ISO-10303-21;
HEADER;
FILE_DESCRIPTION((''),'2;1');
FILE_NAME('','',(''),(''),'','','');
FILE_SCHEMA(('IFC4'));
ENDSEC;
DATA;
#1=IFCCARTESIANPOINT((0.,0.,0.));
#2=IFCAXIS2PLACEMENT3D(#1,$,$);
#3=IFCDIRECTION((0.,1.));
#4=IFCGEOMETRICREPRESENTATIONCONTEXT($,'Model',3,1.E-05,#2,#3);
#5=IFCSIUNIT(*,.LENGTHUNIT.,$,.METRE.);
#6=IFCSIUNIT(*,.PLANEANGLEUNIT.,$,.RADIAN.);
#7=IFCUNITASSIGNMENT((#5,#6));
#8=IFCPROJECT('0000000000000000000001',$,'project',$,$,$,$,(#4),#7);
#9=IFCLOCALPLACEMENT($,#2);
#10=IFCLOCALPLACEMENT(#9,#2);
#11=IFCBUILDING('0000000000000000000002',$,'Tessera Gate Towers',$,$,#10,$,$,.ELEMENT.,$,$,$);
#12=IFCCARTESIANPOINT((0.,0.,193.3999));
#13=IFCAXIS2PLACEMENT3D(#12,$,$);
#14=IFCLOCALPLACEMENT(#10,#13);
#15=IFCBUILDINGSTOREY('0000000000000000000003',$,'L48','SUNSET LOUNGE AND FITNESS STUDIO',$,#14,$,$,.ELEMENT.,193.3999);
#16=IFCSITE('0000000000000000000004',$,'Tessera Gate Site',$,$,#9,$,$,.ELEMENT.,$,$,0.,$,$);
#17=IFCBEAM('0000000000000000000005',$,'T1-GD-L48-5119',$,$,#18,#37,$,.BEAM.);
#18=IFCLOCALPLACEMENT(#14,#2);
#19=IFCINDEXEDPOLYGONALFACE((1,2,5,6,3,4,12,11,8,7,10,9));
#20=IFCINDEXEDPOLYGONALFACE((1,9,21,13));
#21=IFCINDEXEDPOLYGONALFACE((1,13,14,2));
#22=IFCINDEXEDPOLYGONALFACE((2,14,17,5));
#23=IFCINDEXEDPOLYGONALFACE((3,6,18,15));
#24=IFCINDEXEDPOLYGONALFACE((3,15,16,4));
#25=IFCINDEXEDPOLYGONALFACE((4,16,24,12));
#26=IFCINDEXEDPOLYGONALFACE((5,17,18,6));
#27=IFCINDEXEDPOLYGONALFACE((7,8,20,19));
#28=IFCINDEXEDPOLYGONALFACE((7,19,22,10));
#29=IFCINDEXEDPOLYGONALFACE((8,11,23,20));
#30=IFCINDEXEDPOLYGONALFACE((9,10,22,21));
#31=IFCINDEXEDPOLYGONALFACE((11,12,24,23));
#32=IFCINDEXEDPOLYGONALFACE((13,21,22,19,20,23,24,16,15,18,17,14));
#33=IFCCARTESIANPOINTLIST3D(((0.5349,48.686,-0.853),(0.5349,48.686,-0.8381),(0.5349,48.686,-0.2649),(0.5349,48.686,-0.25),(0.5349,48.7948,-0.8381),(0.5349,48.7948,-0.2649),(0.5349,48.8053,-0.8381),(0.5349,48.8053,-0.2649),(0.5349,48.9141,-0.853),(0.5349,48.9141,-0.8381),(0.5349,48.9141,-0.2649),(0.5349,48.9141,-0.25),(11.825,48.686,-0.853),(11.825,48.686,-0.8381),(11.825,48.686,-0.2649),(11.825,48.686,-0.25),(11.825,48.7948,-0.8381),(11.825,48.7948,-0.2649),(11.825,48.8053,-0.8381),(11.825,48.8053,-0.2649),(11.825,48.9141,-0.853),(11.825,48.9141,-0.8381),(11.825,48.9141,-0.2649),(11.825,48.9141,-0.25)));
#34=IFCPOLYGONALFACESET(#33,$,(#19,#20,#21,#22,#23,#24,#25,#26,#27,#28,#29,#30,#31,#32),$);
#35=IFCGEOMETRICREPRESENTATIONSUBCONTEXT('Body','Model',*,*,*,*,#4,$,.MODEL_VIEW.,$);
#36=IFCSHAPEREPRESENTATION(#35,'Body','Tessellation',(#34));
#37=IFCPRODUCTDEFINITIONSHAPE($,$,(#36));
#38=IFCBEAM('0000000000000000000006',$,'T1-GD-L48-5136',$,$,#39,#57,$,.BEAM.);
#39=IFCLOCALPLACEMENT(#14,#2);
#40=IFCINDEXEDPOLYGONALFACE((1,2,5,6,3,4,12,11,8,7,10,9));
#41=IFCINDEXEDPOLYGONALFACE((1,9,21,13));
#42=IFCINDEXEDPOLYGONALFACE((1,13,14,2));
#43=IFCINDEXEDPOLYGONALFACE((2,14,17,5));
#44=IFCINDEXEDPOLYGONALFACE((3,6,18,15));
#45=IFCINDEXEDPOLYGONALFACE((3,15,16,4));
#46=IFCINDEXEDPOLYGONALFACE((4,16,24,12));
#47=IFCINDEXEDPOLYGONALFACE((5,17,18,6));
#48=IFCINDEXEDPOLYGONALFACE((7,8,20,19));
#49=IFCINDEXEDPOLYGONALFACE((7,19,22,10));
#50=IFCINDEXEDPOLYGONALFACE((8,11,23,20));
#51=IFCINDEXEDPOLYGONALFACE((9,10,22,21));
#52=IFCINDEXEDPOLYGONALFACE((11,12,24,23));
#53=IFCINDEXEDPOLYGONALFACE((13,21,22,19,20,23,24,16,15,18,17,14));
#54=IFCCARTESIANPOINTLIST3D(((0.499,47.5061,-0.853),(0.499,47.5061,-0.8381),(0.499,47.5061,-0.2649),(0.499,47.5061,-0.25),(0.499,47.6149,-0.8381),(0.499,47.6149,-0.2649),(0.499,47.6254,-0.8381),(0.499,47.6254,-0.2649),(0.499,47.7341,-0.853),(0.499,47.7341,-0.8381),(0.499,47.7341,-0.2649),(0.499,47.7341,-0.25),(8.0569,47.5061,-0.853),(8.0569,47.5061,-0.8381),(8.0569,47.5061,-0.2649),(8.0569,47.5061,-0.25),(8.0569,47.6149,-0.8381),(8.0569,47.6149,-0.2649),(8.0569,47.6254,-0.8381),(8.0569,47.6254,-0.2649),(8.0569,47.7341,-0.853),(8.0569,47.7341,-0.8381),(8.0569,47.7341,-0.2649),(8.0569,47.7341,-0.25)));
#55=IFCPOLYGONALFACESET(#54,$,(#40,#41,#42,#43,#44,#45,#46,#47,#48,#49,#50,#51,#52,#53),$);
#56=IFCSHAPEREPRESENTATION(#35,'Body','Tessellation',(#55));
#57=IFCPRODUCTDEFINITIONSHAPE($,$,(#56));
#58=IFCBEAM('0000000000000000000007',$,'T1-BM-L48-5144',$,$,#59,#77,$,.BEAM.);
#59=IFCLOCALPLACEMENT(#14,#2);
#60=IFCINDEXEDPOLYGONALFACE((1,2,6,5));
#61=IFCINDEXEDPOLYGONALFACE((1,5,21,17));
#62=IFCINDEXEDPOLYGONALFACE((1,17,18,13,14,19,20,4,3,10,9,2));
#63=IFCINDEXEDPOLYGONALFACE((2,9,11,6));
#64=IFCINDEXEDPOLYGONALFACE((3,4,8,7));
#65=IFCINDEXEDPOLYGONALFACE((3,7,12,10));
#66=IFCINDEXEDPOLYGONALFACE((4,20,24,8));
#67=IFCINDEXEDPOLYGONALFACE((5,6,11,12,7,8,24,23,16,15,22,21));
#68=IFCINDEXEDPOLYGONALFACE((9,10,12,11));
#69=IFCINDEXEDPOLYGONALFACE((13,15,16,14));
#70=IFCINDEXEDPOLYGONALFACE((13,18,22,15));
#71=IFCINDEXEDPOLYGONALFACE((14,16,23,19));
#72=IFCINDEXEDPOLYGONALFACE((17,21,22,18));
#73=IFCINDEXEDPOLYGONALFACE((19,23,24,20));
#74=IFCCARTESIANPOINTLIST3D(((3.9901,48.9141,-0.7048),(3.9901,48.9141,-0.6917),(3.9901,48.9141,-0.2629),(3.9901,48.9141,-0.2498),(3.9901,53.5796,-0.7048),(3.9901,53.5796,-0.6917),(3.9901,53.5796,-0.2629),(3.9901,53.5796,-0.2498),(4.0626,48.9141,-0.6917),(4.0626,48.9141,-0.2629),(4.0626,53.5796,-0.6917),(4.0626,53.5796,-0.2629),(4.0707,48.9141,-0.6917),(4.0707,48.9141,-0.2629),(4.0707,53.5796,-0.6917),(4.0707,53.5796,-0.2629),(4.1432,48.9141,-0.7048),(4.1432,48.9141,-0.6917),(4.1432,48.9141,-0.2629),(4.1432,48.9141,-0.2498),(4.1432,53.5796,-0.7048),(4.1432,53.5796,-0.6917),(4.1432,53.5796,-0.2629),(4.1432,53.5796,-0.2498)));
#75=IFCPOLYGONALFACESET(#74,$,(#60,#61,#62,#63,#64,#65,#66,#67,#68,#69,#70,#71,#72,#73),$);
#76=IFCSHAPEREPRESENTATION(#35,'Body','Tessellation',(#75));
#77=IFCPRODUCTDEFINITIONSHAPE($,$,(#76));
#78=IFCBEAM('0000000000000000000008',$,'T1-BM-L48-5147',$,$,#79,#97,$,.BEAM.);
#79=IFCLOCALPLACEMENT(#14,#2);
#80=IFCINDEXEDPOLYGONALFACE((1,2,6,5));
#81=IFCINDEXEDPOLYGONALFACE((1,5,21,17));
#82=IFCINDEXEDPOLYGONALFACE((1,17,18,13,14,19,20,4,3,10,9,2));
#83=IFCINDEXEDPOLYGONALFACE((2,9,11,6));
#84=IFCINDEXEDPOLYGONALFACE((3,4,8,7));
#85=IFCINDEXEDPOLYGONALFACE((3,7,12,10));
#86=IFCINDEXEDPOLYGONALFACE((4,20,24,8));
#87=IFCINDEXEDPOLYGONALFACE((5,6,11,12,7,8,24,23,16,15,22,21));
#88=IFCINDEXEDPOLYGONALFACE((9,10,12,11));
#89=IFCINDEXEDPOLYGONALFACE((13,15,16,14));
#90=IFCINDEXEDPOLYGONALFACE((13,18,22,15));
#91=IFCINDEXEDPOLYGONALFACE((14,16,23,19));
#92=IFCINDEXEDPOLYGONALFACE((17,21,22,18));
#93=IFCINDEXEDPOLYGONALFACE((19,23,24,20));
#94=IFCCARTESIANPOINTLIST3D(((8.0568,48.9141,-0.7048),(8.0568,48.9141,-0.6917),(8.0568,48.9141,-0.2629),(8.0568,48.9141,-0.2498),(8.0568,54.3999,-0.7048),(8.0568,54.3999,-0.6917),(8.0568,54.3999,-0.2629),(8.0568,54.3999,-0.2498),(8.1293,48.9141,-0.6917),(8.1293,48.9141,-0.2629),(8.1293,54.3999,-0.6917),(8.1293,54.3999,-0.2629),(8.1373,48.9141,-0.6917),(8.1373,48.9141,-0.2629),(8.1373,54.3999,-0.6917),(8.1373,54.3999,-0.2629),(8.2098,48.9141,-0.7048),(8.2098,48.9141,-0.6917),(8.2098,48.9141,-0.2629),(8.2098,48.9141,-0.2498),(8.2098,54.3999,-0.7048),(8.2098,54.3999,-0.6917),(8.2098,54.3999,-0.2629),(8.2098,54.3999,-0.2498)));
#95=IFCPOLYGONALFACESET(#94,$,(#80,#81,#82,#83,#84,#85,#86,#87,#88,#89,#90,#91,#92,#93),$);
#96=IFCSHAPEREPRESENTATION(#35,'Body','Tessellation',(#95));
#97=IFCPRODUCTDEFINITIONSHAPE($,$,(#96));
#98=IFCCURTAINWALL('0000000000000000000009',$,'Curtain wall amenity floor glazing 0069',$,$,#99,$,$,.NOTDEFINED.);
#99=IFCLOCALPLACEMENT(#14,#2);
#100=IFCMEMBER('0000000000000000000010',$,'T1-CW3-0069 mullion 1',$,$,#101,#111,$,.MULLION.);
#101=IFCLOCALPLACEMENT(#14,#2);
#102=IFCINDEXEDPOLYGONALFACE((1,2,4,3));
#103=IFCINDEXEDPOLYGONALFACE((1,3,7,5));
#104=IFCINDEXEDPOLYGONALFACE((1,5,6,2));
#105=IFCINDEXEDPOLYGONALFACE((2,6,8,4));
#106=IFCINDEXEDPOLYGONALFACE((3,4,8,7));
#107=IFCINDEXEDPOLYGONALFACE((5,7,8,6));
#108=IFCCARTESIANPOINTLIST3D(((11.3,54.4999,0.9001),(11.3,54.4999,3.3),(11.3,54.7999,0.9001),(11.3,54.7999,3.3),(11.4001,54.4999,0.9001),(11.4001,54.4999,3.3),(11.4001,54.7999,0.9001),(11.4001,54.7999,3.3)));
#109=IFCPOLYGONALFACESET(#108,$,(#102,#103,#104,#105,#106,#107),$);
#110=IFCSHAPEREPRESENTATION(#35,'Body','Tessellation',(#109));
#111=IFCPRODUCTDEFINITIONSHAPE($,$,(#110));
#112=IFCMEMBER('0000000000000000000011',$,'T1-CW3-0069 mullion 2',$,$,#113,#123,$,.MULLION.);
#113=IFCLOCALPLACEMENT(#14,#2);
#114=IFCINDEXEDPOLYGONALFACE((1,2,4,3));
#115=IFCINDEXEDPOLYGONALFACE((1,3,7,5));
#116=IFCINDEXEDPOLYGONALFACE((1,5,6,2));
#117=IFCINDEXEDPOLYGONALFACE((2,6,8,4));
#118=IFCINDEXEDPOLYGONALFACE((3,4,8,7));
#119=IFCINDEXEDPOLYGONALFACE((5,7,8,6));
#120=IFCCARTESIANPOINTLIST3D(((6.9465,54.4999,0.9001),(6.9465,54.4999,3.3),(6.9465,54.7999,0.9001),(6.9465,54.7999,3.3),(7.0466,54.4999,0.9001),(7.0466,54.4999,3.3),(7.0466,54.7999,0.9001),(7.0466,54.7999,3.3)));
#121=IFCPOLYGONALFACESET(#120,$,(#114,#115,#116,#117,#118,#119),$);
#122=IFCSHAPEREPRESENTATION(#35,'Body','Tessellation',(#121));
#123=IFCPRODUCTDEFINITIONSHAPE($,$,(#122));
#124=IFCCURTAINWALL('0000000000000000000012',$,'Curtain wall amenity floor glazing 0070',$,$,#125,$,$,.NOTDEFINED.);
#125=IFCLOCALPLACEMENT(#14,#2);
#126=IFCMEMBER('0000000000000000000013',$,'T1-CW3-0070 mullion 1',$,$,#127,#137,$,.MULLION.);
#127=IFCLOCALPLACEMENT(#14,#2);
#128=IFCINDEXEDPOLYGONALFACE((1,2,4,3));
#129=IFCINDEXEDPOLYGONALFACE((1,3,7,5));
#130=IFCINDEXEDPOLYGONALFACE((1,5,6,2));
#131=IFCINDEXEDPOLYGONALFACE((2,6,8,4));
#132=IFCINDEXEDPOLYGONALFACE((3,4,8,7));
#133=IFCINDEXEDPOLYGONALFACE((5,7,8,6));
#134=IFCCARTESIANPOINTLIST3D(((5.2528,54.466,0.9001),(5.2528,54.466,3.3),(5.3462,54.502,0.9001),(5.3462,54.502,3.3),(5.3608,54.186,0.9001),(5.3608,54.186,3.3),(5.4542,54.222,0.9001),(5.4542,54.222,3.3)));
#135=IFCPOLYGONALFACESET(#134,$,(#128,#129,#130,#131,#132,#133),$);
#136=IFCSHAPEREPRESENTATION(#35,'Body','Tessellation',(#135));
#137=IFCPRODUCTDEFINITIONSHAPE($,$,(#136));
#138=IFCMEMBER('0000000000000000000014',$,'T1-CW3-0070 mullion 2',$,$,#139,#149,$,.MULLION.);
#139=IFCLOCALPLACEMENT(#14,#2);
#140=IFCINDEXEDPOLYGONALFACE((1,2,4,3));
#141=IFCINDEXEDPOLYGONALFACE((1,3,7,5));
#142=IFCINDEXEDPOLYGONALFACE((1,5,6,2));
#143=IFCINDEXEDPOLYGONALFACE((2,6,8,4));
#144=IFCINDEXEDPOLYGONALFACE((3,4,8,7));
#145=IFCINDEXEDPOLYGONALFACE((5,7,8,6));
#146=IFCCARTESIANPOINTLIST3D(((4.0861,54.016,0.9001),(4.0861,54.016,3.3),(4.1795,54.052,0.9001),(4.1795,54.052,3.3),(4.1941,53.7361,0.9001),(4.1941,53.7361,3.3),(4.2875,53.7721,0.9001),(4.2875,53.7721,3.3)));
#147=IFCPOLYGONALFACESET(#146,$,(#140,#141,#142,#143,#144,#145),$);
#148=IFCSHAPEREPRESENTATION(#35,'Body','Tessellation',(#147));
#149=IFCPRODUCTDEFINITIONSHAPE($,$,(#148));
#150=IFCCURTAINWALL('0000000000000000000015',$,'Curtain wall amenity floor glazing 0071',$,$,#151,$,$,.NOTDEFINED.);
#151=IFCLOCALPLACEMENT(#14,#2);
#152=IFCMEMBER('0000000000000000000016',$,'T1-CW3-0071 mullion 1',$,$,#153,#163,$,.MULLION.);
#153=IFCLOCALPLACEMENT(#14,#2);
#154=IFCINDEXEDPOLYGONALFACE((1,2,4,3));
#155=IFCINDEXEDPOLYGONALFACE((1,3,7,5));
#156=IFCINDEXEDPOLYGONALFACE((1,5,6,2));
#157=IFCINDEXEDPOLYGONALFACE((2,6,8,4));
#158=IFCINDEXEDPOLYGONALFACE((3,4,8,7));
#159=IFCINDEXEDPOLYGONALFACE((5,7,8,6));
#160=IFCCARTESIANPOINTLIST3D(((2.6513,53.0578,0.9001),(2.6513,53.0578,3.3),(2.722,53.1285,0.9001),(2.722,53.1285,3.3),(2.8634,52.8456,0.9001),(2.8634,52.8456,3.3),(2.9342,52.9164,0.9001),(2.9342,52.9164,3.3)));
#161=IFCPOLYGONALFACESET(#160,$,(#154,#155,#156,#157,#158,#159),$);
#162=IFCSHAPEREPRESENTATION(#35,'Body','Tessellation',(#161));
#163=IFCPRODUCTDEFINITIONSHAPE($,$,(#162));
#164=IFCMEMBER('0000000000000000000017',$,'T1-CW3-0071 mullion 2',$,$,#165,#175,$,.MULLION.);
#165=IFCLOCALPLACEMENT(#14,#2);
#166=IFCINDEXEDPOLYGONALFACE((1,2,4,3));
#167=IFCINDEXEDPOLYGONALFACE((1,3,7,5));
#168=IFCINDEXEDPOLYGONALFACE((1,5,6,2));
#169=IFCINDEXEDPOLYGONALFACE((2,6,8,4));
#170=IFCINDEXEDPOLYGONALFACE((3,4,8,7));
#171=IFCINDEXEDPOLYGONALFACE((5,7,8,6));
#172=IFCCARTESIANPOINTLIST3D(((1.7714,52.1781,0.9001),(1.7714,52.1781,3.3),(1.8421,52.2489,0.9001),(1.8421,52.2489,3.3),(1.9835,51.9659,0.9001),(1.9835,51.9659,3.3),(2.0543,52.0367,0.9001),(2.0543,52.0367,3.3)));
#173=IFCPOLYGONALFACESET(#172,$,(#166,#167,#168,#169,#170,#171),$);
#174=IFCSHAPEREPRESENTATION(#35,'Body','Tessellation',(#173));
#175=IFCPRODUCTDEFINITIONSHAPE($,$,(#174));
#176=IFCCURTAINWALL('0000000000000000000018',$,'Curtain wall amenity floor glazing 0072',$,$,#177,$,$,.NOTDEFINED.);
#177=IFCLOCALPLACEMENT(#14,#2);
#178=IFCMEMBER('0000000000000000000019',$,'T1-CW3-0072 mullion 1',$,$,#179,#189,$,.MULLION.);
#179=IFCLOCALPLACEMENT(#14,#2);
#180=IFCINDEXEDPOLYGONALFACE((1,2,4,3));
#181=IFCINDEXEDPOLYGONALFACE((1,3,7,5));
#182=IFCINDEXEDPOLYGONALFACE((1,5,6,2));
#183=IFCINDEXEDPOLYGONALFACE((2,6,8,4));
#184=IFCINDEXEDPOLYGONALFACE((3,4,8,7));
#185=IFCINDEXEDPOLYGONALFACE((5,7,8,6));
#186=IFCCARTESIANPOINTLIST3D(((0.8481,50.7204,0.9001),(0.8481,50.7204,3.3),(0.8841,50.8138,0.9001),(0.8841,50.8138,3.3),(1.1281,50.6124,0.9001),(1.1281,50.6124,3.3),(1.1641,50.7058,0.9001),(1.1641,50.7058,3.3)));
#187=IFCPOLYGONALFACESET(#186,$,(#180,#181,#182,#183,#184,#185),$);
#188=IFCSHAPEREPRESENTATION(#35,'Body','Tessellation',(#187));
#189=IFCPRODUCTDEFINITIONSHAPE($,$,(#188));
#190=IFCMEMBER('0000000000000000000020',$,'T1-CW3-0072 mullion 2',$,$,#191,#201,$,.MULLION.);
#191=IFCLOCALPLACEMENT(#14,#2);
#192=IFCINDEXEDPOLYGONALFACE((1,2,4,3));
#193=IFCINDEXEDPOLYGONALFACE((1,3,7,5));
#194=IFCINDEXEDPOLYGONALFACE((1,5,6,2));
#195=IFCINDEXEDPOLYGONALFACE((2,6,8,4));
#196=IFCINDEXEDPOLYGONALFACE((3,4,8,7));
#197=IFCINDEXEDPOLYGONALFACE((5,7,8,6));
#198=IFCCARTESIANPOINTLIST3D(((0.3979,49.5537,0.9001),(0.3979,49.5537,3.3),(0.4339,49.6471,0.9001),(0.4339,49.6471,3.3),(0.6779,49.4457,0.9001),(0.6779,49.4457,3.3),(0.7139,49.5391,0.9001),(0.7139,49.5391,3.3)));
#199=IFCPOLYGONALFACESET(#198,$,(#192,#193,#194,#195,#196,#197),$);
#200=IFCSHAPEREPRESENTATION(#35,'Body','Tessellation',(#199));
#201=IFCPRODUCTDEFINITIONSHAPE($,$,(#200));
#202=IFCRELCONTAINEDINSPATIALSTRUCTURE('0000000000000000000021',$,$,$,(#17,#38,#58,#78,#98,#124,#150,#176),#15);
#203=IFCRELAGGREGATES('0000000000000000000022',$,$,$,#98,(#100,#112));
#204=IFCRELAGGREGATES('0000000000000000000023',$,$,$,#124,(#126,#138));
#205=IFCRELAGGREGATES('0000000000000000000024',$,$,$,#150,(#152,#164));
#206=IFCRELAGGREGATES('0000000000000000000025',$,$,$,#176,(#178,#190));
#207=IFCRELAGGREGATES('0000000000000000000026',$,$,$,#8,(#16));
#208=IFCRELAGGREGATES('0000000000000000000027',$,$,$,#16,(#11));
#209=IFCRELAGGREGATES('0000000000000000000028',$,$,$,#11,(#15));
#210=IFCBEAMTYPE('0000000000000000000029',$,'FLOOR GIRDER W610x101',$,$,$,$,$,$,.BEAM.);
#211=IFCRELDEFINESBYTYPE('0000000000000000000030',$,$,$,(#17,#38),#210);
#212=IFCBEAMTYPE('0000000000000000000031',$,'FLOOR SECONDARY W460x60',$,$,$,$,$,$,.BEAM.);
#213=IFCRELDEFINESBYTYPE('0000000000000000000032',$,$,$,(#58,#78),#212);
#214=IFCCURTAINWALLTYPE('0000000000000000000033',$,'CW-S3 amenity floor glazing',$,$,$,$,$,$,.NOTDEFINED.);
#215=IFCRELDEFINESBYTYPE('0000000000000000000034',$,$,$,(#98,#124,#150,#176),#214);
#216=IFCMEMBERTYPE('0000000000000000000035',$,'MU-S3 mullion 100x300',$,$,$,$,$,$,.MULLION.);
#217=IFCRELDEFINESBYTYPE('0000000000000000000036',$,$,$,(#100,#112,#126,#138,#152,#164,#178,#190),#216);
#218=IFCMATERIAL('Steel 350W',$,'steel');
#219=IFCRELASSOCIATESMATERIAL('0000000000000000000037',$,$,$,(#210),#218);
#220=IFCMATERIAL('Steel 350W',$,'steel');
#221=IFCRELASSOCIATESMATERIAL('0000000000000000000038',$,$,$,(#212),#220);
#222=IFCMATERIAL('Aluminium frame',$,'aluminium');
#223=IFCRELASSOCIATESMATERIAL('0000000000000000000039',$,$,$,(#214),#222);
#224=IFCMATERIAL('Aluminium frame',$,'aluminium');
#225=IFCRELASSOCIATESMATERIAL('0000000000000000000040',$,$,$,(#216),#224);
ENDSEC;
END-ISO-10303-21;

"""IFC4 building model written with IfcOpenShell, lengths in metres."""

from ifc_helpers import new_model, si_unit, direction, frame, origin, origin_2d, place, context, subcontext, project, spatial, rectangle, i_section, extrude, material, material_profile, profile_set, type_object, element, aggregate, save


model = new_model("IFC4")

# Units and contexts
model_context = context("Model", 3, precision=1e-05, world=origin(), true_north=direction((0.0, 1.0)))
body_context = subcontext(model_context, "Body", "Model", "MODEL_VIEW")
ifc_project = project(units=[si_unit("LENGTHUNIT", "METRE"), si_unit("PLANEANGLEUNIT", "RADIAN")], contexts=[model_context])

# Site, building, storey
site_placement = place(None, origin())
site = spatial("IfcSite", under=ifc_project, at=site_placement, Name="Tessera Gate Site", CompositionType="ELEMENT", RefElevation=0.0)
building_placement = place(site_placement, origin())
building = spatial("IfcBuilding", under=site, at=building_placement, Name="Tessera Gate Towers", CompositionType="ELEMENT")
storey_placement = place(building_placement, frame((0.0, 0.0, 193.3999)))
storey = spatial("IfcBuildingStorey", under=building, at=storey_placement, Name="L48", Description="SUNSET LOUNGE AND FITNESS STUDIO", CompositionType="ELEMENT", Elevation=193.3999)

# Beams
ifc_material_1 = material(Name="Steel 350W", Category="steel")
ifc_material_profile_1 = material_profile(ifc_material_1, i_section(OverallWidth=0.228, OverallDepth=0.603, WebThickness=0.0105, FlangeThickness=0.0149, at=origin_2d()), Name="W610x101")
ifc_profile_set_1 = profile_set([ifc_material_profile_1], Name="Steel 350W")
beam_type_1 = type_object("IfcBeamType", Name="FLOOR GIRDER W610x101", PredefinedType="BEAM", material=ifc_profile_set_1)
beam_1_placement = place(storey_placement, frame((0.5349, 48.8, -0.5515), z_axis=(1.0, 0.0, 0.0), x_axis=(0.0, 1.0, 0.0)))
element("IfcBeam", 1, at=beam_1_placement, inside=storey, type_object=beam_type_1, Name="T1-GD-L48-5119", PredefinedType="BEAM", context=body_context, shape_type="SweptSolid", body=[
    extrude(i_section(OverallWidth=0.228, OverallDepth=0.603, WebThickness=0.0105, FlangeThickness=0.0149, at=origin_2d()), origin(), (0.0, 0.0, 1.0), 11.29),
])
beam_2_placement = place(storey_placement, frame((0.499, 47.6201, -0.5515), z_axis=(1.0, 0.0, 0.0), x_axis=(0.0, 1.0, 0.0)))
element("IfcBeam", 2, at=beam_2_placement, inside=storey, type_object=beam_type_1, Name="T1-GD-L48-5136", PredefinedType="BEAM", context=body_context, shape_type="SweptSolid", body=[
    extrude(i_section(OverallWidth=0.228, OverallDepth=0.603, WebThickness=0.0105, FlangeThickness=0.0149, at=origin_2d()), origin(), (0.0, 0.0, 1.0), 7.5579),
])
ifc_material_2 = material(Name="Steel 350W", Category="steel")
ifc_material_profile_2 = material_profile(ifc_material_2, i_section(OverallWidth=0.1531, OverallDepth=0.4551, WebThickness=0.0081, FlangeThickness=0.0132, at=origin_2d()), Name="W460x60")
ifc_profile_set_2 = profile_set([ifc_material_profile_2], Name="Steel 350W")
beam_type_2 = type_object("IfcBeamType", Name="FLOOR SECONDARY W460x60", PredefinedType="BEAM", material=ifc_profile_set_2)
beam_3_placement = place(storey_placement, frame((4.0667, 48.9141, -0.4773), z_axis=(0.0, 1.0, 0.0), x_axis=(-1.0, 0.0, 0.0)))
element("IfcBeam", 3, at=beam_3_placement, inside=storey, type_object=beam_type_2, Name="T1-BM-L48-5144", PredefinedType="BEAM", context=body_context, shape_type="SweptSolid", body=[
    extrude(i_section(OverallWidth=0.1531, OverallDepth=0.4551, WebThickness=0.0081, FlangeThickness=0.0132, at=origin_2d()), origin(), (0.0, 0.0, 1.0), 4.6655),
])
beam_4_placement = place(storey_placement, frame((8.1333, 48.9141, -0.4773), z_axis=(0.0, 1.0, 0.0), x_axis=(-1.0, 0.0, 0.0)))
element("IfcBeam", 4, at=beam_4_placement, inside=storey, type_object=beam_type_2, Name="T1-BM-L48-5147", PredefinedType="BEAM", context=body_context, shape_type="SweptSolid", body=[
    extrude(i_section(OverallWidth=0.1531, OverallDepth=0.4551, WebThickness=0.0081, FlangeThickness=0.0132, at=origin_2d()), origin(), (0.0, 0.0, 1.0), 5.4858),
])

# Curtain walls, members
ifc_material_3 = material(Name="Aluminium frame", Category="aluminium")
curtain_wall_type = type_object("IfcCurtainWallType", Name="CW-S3 amenity floor glazing", PredefinedType="NOTDEFINED", material=ifc_material_3)
curtain_wall_1_placement = place(storey_placement, origin())
curtain_wall_1 = element("IfcCurtainWall", 5, at=curtain_wall_1_placement, inside=storey, type_object=curtain_wall_type, Name="Curtain wall amenity floor glazing 0069", PredefinedType="NOTDEFINED")
ifc_material_4 = material(Name="Aluminium frame", Category="aluminium")
ifc_material_profile_3 = material_profile(ifc_material_4, rectangle(XDim=0.1001, YDim=0.3, at=origin_2d()), Name="AL 100x300")
ifc_profile_set_3 = profile_set([ifc_material_profile_3], Name="Aluminium frame")
member_type_1 = type_object("IfcMemberType", Name="MU-S3 mullion 100x300", PredefinedType="MULLION", material=ifc_profile_set_3)
member_1_placement = place(storey_placement, frame((11.3501, 54.6499, 0.9001), z_axis=(0.0, 0.0, 1.0), x_axis=(-1.0, 0.0, 0.0)))
member_1 = element("IfcMember", 6, at=member_1_placement, type_object=member_type_1, Name="T1-CW3-0069 mullion 1", PredefinedType="MULLION", context=body_context, shape_type="SweptSolid", body=[
    extrude(rectangle(XDim=0.1001, YDim=0.3, at=origin_2d()), origin(), (0.0, 0.0, 1.0), 2.3999),
])
member_2_placement = place(storey_placement, frame((6.9966, 54.6499, 0.9001), z_axis=(0.0, 0.0, 1.0), x_axis=(-1.0, 0.0, 0.0)))
member_2 = element("IfcMember", 7, at=member_2_placement, type_object=member_type_1, Name="T1-CW3-0069 mullion 2", PredefinedType="MULLION", context=body_context, shape_type="SweptSolid", body=[
    extrude(rectangle(XDim=0.1001, YDim=0.3, at=origin_2d()), origin(), (0.0, 0.0, 1.0), 2.3999),
])
curtain_wall_2_placement = place(storey_placement, origin())
curtain_wall_2 = element("IfcCurtainWall", 8, at=curtain_wall_2_placement, inside=storey, type_object=curtain_wall_type, Name="Curtain wall amenity floor glazing 0070", PredefinedType="NOTDEFINED")
member_3_placement = place(storey_placement, frame((5.3535, 54.344, 0.9001), z_axis=(0.0, 0.0, 1.0), x_axis=(-0.932989, -0.359904, 0.0)))
member_3 = element("IfcMember", 9, at=member_3_placement, type_object=member_type_1, Name="T1-CW3-0070 mullion 1", PredefinedType="MULLION", context=body_context, shape_type="SweptSolid", body=[
    extrude(rectangle(XDim=0.1001, YDim=0.3, at=origin_2d()), origin(), (0.0, 0.0, 1.0), 2.3999),
])
member_4_placement = place(storey_placement, frame((4.1868, 53.894, 0.9001), z_axis=(0.0, 0.0, 1.0), x_axis=(-0.932989, -0.359904, 0.0)))
member_4 = element("IfcMember", 10, at=member_4_placement, type_object=member_type_1, Name="T1-CW3-0070 mullion 2", PredefinedType="MULLION", context=body_context, shape_type="SweptSolid", body=[
    extrude(rectangle(XDim=0.1001, YDim=0.3, at=origin_2d()), origin(), (0.0, 0.0, 1.0), 2.3999),
])
curtain_wall_3_placement = place(storey_placement, origin())
curtain_wall_3 = element("IfcCurtainWall", 11, at=curtain_wall_3_placement, inside=storey, type_object=curtain_wall_type, Name="Curtain wall amenity floor glazing 0071", PredefinedType="NOTDEFINED")
member_5_placement = place(storey_placement, frame((2.7927, 52.9871, 0.9001), z_axis=(0.0, 0.0, 1.0), x_axis=(-0.707107, -0.707107, 0.0)))
member_5 = element("IfcMember", 12, at=member_5_placement, type_object=member_type_1, Name="T1-CW3-0071 mullion 1", PredefinedType="MULLION", context=body_context, shape_type="SweptSolid", body=[
    extrude(rectangle(XDim=0.1001, YDim=0.3, at=origin_2d()), origin(), (0.0, 0.0, 1.0), 2.3999),
])
member_6_placement = place(storey_placement, frame((1.9128, 52.1074, 0.9001), z_axis=(0.0, 0.0, 1.0), x_axis=(-0.707107, -0.707107, 0.0)))
member_6 = element("IfcMember", 13, at=member_6_placement, type_object=member_type_1, Name="T1-CW3-0071 mullion 2", PredefinedType="MULLION", context=body_context, shape_type="SweptSolid", body=[
    extrude(rectangle(XDim=0.1001, YDim=0.3, at=origin_2d()), origin(), (0.0, 0.0, 1.0), 2.3999),
])
curtain_wall_4_placement = place(storey_placement, origin())
curtain_wall_4 = element("IfcCurtainWall", 14, at=curtain_wall_4_placement, inside=storey, type_object=curtain_wall_type, Name="Curtain wall amenity floor glazing 0072", PredefinedType="NOTDEFINED")
member_7_placement = place(storey_placement, frame((1.0061, 50.7131, 0.9001), z_axis=(0.0, 0.0, 1.0), x_axis=(-0.359904, -0.932989, 0.0)))
member_7 = element("IfcMember", 15, at=member_7_placement, type_object=member_type_1, Name="T1-CW3-0072 mullion 1", PredefinedType="MULLION", context=body_context, shape_type="SweptSolid", body=[
    extrude(rectangle(XDim=0.1001, YDim=0.3, at=origin_2d()), origin(), (0.0, 0.0, 1.0), 2.3999),
])
member_8_placement = place(storey_placement, frame((0.5559, 49.5464, 0.9001), z_axis=(0.0, 0.0, 1.0), x_axis=(-0.359904, -0.932989, 0.0)))
member_8 = element("IfcMember", 16, at=member_8_placement, type_object=member_type_1, Name="T1-CW3-0072 mullion 2", PredefinedType="MULLION", context=body_context, shape_type="SweptSolid", body=[
    extrude(rectangle(XDim=0.1001, YDim=0.3, at=origin_2d()), origin(), (0.0, 0.0, 1.0), 2.3999),
])

aggregate(curtain_wall_1, [member_1, member_2])
aggregate(curtain_wall_2, [member_3, member_4])
aggregate(curtain_wall_3, [member_5, member_6])
aggregate(curtain_wall_4, [member_7, member_8])

save(model, "model.ifc")
